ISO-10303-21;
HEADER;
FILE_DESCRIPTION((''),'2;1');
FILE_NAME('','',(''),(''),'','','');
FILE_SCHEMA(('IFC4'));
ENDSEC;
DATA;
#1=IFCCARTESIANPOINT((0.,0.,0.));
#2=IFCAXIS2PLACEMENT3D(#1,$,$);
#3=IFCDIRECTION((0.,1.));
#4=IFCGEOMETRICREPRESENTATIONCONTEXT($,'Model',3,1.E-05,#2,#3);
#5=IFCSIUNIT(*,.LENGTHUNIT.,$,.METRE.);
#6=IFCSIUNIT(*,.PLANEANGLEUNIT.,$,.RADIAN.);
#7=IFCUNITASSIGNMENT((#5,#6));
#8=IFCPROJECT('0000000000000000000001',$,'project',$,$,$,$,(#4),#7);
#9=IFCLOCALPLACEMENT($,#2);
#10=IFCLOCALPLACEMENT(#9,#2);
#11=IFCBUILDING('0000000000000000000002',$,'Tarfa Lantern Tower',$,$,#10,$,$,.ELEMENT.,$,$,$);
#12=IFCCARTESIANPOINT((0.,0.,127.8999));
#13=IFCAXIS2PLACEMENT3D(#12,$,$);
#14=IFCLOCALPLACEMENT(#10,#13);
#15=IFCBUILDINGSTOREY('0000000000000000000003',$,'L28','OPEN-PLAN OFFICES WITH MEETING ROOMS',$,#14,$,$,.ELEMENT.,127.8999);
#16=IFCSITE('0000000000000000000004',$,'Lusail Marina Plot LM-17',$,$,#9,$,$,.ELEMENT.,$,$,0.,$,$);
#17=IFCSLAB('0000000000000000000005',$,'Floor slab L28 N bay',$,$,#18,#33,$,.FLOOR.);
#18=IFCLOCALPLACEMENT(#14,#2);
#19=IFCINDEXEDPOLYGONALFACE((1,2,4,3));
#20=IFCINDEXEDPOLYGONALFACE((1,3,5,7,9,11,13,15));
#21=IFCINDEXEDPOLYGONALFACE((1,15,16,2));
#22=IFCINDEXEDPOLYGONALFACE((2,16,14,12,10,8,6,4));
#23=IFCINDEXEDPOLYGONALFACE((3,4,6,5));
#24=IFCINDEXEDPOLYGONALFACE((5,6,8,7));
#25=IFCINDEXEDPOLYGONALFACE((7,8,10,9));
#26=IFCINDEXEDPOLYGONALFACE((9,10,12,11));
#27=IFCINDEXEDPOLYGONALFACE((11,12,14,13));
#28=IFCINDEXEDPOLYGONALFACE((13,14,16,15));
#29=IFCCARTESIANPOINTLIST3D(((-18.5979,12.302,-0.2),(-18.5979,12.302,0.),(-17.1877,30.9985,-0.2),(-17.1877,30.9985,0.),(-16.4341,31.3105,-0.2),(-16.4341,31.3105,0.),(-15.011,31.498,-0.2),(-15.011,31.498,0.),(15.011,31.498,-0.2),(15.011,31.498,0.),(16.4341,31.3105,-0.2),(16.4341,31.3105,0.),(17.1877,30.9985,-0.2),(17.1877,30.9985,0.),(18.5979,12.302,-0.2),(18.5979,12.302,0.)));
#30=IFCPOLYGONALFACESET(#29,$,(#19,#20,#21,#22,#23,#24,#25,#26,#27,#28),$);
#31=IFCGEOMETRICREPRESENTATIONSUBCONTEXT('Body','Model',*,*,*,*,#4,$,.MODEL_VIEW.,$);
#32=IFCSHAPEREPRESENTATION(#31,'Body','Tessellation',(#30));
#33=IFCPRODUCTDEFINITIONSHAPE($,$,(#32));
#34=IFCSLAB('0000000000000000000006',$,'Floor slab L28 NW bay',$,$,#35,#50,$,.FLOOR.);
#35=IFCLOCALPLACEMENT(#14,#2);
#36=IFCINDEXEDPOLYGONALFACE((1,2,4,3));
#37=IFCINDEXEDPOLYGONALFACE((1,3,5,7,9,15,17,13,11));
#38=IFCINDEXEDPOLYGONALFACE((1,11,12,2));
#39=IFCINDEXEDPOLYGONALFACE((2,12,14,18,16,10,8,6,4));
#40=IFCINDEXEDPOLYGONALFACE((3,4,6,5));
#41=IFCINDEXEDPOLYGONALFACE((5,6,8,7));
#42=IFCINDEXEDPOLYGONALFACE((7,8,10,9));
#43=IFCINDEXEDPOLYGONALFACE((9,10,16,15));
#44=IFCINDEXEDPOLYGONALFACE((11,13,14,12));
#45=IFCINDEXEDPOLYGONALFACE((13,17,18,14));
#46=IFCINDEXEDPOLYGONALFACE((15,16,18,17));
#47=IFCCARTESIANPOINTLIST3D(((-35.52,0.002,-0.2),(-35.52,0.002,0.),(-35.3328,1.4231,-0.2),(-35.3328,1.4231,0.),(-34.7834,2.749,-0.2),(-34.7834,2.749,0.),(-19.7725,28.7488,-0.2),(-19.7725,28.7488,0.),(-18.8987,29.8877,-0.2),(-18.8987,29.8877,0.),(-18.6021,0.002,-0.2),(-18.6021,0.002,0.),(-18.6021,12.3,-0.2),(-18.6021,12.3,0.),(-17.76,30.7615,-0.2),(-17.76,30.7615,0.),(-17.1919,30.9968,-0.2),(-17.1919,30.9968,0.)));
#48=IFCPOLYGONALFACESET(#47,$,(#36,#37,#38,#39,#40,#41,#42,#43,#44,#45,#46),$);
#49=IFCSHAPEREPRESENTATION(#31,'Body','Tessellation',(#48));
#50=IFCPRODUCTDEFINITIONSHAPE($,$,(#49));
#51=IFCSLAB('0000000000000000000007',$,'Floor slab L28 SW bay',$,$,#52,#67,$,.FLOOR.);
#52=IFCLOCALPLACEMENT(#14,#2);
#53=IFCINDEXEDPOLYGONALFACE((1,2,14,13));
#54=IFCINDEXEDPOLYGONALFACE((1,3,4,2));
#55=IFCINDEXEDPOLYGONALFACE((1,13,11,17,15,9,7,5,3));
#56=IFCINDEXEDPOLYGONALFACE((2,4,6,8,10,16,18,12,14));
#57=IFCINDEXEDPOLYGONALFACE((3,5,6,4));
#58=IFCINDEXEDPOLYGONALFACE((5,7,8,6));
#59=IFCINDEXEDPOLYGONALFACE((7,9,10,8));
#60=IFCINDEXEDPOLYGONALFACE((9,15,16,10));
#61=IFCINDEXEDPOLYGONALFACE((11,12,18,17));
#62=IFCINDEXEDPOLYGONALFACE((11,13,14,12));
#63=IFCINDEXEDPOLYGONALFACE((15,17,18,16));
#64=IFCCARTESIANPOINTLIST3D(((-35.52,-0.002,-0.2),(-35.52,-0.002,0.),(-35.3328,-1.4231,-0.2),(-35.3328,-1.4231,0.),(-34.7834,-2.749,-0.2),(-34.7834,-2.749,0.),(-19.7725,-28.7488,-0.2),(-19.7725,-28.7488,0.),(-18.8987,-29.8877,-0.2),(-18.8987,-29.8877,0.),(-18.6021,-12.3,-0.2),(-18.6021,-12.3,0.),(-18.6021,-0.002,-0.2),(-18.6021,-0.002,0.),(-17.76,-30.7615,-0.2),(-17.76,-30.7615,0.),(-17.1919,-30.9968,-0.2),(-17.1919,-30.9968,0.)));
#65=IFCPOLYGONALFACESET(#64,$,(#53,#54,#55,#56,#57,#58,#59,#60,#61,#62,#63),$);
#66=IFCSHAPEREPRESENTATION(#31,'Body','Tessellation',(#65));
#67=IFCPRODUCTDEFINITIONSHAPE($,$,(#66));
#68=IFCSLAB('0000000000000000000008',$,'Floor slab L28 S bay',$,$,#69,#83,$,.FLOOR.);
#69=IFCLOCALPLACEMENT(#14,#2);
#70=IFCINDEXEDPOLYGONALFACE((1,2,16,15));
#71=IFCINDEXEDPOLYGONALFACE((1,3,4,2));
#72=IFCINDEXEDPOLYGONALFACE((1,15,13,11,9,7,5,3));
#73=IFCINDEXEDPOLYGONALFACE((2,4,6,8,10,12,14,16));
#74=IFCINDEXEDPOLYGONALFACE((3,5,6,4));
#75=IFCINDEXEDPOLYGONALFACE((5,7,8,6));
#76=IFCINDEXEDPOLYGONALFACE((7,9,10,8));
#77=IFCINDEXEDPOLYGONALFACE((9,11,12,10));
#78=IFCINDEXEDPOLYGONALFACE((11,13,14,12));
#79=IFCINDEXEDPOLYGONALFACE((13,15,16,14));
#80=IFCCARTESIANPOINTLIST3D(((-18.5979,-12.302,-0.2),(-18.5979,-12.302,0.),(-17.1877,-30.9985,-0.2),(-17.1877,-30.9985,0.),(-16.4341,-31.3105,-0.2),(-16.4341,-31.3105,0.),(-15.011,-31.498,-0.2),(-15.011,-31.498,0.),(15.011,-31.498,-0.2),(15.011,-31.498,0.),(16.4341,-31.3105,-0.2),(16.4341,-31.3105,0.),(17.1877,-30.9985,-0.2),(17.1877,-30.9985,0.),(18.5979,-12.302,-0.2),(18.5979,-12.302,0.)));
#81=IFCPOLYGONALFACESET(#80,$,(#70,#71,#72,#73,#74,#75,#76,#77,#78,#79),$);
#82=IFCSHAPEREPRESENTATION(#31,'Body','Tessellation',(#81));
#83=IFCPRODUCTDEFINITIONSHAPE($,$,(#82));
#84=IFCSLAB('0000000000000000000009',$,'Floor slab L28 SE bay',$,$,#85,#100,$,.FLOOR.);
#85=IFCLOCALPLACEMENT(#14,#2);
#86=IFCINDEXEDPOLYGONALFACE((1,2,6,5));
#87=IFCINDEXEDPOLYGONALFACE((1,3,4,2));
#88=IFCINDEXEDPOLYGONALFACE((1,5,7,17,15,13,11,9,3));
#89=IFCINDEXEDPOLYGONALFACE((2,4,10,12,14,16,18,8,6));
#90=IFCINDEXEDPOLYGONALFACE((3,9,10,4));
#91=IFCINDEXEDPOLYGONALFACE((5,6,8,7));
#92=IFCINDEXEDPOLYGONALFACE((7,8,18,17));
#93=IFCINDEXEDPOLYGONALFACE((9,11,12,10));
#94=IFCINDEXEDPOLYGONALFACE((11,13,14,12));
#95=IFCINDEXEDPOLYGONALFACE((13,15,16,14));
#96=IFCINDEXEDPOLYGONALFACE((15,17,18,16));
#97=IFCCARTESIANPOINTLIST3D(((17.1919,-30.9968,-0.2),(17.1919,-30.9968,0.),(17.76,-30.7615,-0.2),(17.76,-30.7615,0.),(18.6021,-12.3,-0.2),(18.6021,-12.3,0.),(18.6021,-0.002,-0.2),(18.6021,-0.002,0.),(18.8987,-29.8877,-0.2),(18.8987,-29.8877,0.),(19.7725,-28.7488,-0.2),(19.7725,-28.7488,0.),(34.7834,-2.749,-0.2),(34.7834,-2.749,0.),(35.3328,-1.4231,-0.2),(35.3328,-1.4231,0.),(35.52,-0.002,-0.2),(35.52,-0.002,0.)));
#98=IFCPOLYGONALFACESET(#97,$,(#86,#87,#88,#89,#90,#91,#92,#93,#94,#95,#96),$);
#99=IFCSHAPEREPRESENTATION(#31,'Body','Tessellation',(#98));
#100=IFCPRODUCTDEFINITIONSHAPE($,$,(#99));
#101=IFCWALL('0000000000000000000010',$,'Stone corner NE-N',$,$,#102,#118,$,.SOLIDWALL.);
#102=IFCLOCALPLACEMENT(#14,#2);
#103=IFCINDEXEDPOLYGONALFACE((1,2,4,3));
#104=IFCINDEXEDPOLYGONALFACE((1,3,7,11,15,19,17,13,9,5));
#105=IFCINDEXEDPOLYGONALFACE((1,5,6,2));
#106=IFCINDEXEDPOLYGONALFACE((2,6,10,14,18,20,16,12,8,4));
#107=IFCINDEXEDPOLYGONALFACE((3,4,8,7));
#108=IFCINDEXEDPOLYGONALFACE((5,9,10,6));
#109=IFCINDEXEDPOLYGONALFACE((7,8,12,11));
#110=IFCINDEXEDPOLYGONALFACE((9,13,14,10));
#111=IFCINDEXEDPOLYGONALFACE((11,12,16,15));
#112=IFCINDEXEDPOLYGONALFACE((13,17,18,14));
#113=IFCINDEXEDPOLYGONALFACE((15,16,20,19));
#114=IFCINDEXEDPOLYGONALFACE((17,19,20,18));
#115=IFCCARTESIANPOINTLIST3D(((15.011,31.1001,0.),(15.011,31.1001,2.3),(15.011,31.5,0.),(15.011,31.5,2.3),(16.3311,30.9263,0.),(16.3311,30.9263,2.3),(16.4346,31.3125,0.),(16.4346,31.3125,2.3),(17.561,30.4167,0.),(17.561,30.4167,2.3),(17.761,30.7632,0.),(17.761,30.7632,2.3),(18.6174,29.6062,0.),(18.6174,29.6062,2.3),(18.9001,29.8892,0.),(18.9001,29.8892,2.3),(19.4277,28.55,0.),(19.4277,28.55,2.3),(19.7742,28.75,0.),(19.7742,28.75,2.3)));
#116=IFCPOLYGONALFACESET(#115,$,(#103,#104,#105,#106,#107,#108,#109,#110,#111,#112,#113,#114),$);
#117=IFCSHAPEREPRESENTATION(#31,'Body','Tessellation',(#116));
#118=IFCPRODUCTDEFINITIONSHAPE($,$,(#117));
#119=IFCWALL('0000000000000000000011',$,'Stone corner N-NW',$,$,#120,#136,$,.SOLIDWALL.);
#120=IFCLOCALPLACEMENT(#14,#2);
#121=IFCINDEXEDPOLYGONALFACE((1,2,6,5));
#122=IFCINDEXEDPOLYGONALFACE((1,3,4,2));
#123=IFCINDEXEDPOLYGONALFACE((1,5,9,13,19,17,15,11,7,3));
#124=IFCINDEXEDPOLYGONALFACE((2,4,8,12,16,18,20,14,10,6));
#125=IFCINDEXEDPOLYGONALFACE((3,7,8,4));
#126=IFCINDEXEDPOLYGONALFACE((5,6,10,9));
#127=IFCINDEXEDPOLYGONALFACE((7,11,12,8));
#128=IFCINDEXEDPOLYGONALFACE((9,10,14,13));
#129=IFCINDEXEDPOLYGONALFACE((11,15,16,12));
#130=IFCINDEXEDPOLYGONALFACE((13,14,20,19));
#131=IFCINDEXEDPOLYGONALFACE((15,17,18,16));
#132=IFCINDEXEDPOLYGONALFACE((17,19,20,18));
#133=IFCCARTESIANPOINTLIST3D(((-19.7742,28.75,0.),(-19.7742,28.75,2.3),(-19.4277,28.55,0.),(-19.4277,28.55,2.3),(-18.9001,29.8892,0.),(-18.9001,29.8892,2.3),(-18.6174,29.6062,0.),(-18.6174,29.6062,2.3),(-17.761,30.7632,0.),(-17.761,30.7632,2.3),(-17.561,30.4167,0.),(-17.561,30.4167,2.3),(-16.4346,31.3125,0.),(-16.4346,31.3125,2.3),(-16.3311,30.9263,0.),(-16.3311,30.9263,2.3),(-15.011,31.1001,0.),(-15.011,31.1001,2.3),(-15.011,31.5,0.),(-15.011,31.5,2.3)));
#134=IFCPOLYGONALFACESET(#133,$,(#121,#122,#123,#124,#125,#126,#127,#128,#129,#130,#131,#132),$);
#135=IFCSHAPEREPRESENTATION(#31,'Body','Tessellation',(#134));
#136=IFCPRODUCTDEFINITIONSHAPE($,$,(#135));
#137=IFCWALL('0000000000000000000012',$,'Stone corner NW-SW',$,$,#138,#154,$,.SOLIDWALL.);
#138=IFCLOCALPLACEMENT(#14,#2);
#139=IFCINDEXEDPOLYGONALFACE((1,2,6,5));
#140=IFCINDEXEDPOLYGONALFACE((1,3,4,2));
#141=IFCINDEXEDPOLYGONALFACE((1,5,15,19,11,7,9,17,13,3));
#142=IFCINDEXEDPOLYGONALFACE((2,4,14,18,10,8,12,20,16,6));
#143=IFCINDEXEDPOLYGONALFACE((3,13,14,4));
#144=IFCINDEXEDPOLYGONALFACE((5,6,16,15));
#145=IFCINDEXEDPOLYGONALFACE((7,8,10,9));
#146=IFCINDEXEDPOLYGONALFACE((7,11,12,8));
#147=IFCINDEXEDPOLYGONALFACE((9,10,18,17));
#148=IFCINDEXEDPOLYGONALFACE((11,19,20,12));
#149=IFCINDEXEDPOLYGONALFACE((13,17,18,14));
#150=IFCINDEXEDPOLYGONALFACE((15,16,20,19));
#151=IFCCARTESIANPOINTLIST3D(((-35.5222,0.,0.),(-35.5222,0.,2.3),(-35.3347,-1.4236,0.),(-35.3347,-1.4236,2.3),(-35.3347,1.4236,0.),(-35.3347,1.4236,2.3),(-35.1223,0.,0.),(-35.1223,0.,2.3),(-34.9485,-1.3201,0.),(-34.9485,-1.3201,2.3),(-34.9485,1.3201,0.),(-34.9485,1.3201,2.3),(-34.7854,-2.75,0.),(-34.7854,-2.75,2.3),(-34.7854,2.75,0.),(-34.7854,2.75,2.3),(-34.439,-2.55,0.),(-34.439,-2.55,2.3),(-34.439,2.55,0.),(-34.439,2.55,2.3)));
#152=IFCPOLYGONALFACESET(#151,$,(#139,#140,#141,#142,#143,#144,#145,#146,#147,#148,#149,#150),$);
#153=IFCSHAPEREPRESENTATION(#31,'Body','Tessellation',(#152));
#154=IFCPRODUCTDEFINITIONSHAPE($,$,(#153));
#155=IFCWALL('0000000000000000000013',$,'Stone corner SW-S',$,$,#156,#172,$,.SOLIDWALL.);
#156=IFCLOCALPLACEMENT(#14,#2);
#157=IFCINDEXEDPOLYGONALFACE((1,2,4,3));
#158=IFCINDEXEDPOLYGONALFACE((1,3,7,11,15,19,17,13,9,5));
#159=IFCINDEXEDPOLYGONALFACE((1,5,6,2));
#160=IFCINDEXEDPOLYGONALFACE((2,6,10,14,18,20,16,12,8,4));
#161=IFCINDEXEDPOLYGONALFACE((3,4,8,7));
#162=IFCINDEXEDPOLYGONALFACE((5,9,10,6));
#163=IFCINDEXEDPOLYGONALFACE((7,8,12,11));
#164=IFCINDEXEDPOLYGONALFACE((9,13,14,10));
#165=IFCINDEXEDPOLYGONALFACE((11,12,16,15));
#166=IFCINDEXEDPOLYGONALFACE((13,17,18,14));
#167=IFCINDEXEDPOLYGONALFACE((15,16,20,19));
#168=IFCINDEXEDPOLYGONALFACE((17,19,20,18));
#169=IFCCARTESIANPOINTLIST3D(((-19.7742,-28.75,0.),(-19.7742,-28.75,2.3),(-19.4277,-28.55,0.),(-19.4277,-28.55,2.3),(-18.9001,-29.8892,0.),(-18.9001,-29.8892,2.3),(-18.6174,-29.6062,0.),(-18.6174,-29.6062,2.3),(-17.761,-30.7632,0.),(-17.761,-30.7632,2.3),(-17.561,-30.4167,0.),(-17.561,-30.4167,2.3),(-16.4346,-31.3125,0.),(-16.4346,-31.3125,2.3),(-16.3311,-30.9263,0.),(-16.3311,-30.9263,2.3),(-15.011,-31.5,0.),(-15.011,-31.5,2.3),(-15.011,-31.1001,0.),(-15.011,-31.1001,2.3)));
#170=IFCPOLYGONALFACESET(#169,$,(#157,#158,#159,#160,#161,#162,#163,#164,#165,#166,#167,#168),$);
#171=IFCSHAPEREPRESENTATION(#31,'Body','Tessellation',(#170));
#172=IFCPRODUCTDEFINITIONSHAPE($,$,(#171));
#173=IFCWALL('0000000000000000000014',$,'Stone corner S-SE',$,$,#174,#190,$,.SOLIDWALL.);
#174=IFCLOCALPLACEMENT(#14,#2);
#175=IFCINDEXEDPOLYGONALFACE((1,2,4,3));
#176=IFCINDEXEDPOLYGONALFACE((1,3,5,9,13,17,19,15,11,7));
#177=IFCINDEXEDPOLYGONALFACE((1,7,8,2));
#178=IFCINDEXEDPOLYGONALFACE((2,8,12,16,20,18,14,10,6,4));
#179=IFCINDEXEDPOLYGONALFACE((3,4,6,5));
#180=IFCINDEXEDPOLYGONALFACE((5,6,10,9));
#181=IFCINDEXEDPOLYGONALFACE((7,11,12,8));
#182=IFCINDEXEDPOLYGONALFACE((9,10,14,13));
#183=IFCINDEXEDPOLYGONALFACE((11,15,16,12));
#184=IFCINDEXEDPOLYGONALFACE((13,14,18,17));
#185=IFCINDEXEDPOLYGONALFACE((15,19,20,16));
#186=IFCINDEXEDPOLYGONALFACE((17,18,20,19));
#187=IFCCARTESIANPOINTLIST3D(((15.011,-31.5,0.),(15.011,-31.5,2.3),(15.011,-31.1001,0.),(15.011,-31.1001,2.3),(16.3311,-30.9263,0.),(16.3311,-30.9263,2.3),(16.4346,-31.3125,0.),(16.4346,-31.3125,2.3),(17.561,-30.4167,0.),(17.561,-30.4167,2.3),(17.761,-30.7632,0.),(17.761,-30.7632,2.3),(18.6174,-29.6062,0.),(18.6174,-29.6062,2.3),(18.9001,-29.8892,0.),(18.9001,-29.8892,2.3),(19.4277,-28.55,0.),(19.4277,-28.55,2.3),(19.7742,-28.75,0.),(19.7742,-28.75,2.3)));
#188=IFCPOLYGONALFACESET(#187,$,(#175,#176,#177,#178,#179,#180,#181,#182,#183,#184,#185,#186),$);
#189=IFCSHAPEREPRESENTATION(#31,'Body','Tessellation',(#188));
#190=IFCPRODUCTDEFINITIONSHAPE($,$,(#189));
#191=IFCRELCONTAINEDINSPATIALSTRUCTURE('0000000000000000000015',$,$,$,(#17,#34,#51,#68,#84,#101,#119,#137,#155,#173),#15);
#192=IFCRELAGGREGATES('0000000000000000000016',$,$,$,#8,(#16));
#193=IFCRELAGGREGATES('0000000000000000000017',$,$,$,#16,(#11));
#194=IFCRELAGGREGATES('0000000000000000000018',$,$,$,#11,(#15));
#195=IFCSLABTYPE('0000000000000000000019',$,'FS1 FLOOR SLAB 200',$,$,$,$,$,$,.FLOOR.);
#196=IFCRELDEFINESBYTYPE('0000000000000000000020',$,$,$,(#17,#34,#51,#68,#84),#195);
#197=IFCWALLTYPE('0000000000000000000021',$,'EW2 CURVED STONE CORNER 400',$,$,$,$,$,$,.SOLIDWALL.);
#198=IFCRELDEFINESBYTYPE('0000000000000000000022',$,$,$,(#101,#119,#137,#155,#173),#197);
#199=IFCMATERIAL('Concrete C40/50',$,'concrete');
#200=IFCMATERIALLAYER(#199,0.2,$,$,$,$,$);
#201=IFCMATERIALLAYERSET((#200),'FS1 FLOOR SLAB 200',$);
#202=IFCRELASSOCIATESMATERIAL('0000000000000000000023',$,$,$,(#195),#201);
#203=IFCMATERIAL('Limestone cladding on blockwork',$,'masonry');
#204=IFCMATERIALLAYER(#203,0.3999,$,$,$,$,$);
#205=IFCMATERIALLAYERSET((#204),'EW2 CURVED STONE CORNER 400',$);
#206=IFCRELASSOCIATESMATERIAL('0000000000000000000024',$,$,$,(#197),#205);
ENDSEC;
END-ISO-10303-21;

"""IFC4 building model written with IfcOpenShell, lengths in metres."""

from ifc_helpers import new_model, si_unit, direction, frame, origin, place, context, subcontext, project, spatial, polyline, outline, extrude, material, layer, layer_set, type_object, element, save


model = new_model("IFC4")

# Units and contexts
model_context = context("Model", 3, precision=1e-05, world=origin(), true_north=direction((0.0, 1.0)))
body_context = subcontext(model_context, "Body", "Model", "MODEL_VIEW")
ifc_project = project(units=[si_unit("LENGTHUNIT", "METRE"), si_unit("PLANEANGLEUNIT", "RADIAN")], contexts=[model_context])

# Site, building, storey
site_placement = place(None, origin())
site = spatial("IfcSite", under=ifc_project, at=site_placement, Name="Lusail Marina Plot LM-17", CompositionType="ELEMENT", RefElevation=0.0)
building_placement = place(site_placement, origin())
building = spatial("IfcBuilding", under=site, at=building_placement, Name="Tarfa Lantern Tower", CompositionType="ELEMENT")
storey_placement = place(building_placement, frame((0.0, 0.0, 127.8999)))
storey = spatial("IfcBuildingStorey", under=building, at=storey_placement, Name="L28", Description="OPEN-PLAN OFFICES WITH MEETING ROOMS", CompositionType="ELEMENT", Elevation=127.8999)

# Slabs
ifc_material_1 = material(Name="Concrete C40/50", Category="concrete")
ifc_layer_1 = layer(ifc_material_1, 0.2)
ifc_layer_set_1 = layer_set([ifc_layer_1], Name="FS1 FLOOR SLAB 200")
slab_type_1 = type_object("IfcSlabType", Name="FS1 FLOOR SLAB 200", PredefinedType="FLOOR", material=ifc_layer_set_1)
slab_1_placement = place(storey_placement, frame((0.0, 0.0, -0.2)))
element("IfcSlab", 1, at=slab_1_placement, inside=storey, type_object=slab_type_1, Name="Floor slab L28 N bay", PredefinedType="FLOOR", context=body_context, shape_type="SweptSolid", body=[
    extrude(outline(polyline([(-18.5979, 12.302), (18.5979, 12.302), (17.1877, 30.9985), (16.4341, 31.3105), (15.011, 31.498), (-15.011, 31.498), (-16.4341, 31.3105), (-17.1877, 30.9985), (-18.5979, 12.302)])), origin(), (0.0, 0.0, 1.0), 0.2),
])
slab_2_placement = place(storey_placement, frame((0.0, 0.0, -0.2)))
element("IfcSlab", 2, at=slab_2_placement, inside=storey, type_object=slab_type_1, Name="Floor slab L28 NW bay", PredefinedType="FLOOR", context=body_context, shape_type="SweptSolid", body=[
    extrude(outline(polyline([(-18.6021, 0.002), (-18.6021, 12.3), (-17.1919, 30.9968), (-17.76, 30.7615), (-18.8987, 29.8877), (-19.7725, 28.7488), (-34.7834, 2.749), (-35.3328, 1.4231), (-35.52, 0.002), (-18.6021, 0.002)])), origin(), (0.0, 0.0, 1.0), 0.2),
])
slab_3_placement = place(storey_placement, frame((0.0, 0.0, -0.2)))
element("IfcSlab", 3, at=slab_3_placement, inside=storey, type_object=slab_type_1, Name="Floor slab L28 SW bay", PredefinedType="FLOOR", context=body_context, shape_type="SweptSolid", body=[
    extrude(outline(polyline([(-18.6021, -12.3), (-18.6021, -0.002), (-35.52, -0.002), (-35.3328, -1.4231), (-34.7834, -2.749), (-19.7725, -28.7488), (-18.8987, -29.8877), (-17.76, -30.7615), (-17.1919, -30.9968), (-18.6021, -12.3)])), origin(), (0.0, 0.0, 1.0), 0.2),
])
slab_4_placement = place(storey_placement, frame((0.0, 0.0, -0.2)))
element("IfcSlab", 4, at=slab_4_placement, inside=storey, type_object=slab_type_1, Name="Floor slab L28 S bay", PredefinedType="FLOOR", context=body_context, shape_type="SweptSolid", body=[
    extrude(outline(polyline([(18.5979, -12.302), (-18.5979, -12.302), (-17.1877, -30.9985), (-16.4341, -31.3105), (-15.011, -31.498), (15.011, -31.498), (16.4341, -31.3105), (17.1877, -30.9985), (18.5979, -12.302)])), origin(), (0.0, 0.0, 1.0), 0.2),
])
slab_5_placement = place(storey_placement, frame((0.0, 0.0, -0.2)))
element("IfcSlab", 5, at=slab_5_placement, inside=storey, type_object=slab_type_1, Name="Floor slab L28 SE bay", PredefinedType="FLOOR", context=body_context, shape_type="SweptSolid", body=[
    extrude(outline(polyline([(18.6021, -0.002), (18.6021, -12.3), (17.1919, -30.9968), (17.76, -30.7615), (18.8987, -29.8877), (19.7725, -28.7488), (34.7834, -2.749), (35.3328, -1.4231), (35.52, -0.002), (18.6021, -0.002)])), origin(), (0.0, 0.0, 1.0), 0.2),
])

# Walls
ifc_material_2 = material(Name="Limestone cladding on blockwork", Category="masonry")
ifc_layer_2 = layer(ifc_material_2, 0.3999)
ifc_layer_set_2 = layer_set([ifc_layer_2], Name="EW2 CURVED STONE CORNER 400")
wall_type_1 = type_object("IfcWallType", Name="EW2 CURVED STONE CORNER 400", PredefinedType="SOLIDWALL", material=ifc_layer_set_2)
wall_1_placement = place(storey_placement, origin())
element("IfcWall", 6, at=wall_1_placement, inside=storey, type_object=wall_type_1, Name="Stone corner NE-N", PredefinedType="SOLIDWALL", context=body_context, shape_type="SweptSolid", body=[
    extrude(outline(polyline([(19.7742, 28.75), (18.9001, 29.8892), (17.761, 30.7632), (16.4346, 31.3125), (15.011, 31.5), (15.011, 31.1001), (16.3311, 30.9263), (17.561, 30.4167), (18.6174, 29.6062), (19.4277, 28.55), (19.7742, 28.75)])), origin(), (0.0, 0.0, 1.0), 2.3),
])
wall_2_placement = place(storey_placement, origin())
element("IfcWall", 7, at=wall_2_placement, inside=storey, type_object=wall_type_1, Name="Stone corner N-NW", PredefinedType="SOLIDWALL", context=body_context, shape_type="SweptSolid", body=[
    extrude(outline(polyline([(-15.011, 31.5), (-16.4346, 31.3125), (-17.761, 30.7632), (-18.9001, 29.8892), (-19.7742, 28.75), (-19.4277, 28.55), (-18.6174, 29.6062), (-17.561, 30.4167), (-16.3311, 30.9263), (-15.011, 31.1001), (-15.011, 31.5)])), origin(), (0.0, 0.0, 1.0), 2.3),
])
wall_3_placement = place(storey_placement, origin())
element("IfcWall", 8, at=wall_3_placement, inside=storey, type_object=wall_type_1, Name="Stone corner NW-SW", PredefinedType="SOLIDWALL", context=body_context, shape_type="SweptSolid", body=[
    extrude(outline(polyline([(-34.7854, 2.75), (-35.3347, 1.4236), (-35.5222, 0.0), (-35.3347, -1.4236), (-34.7854, -2.75), (-34.439, -2.55), (-34.9485, -1.3201), (-35.1223, 0.0), (-34.9485, 1.3201), (-34.439, 2.55), (-34.7854, 2.75)])), origin(), (0.0, 0.0, 1.0), 2.3),
])
wall_4_placement = place(storey_placement, origin())
element("IfcWall", 9, at=wall_4_placement, inside=storey, type_object=wall_type_1, Name="Stone corner SW-S", PredefinedType="SOLIDWALL", context=body_context, shape_type="SweptSolid", body=[
    extrude(outline(polyline([(-19.7742, -28.75), (-18.9001, -29.8892), (-17.761, -30.7632), (-16.4346, -31.3125), (-15.011, -31.5), (-15.011, -31.1001), (-16.3311, -30.9263), (-17.561, -30.4167), (-18.6174, -29.6062), (-19.4277, -28.55), (-19.7742, -28.75)])), origin(), (0.0, 0.0, 1.0), 2.3),
])
wall_5_placement = place(storey_placement, origin())
element("IfcWall", 10, at=wall_5_placement, inside=storey, type_object=wall_type_1, Name="Stone corner S-SE", PredefinedType="SOLIDWALL", context=body_context, shape_type="SweptSolid", body=[
    extrude(outline(polyline([(15.011, -31.5), (16.4346, -31.3125), (17.761, -30.7632), (18.9001, -29.8892), (19.7742, -28.75), (19.4277, -28.55), (18.6174, -29.6062), (17.561, -30.4167), (16.3311, -30.9263), (15.011, -31.1001), (15.011, -31.5)])), origin(), (0.0, 0.0, 1.0), 2.3),
])

save(model, "model.ifc")
